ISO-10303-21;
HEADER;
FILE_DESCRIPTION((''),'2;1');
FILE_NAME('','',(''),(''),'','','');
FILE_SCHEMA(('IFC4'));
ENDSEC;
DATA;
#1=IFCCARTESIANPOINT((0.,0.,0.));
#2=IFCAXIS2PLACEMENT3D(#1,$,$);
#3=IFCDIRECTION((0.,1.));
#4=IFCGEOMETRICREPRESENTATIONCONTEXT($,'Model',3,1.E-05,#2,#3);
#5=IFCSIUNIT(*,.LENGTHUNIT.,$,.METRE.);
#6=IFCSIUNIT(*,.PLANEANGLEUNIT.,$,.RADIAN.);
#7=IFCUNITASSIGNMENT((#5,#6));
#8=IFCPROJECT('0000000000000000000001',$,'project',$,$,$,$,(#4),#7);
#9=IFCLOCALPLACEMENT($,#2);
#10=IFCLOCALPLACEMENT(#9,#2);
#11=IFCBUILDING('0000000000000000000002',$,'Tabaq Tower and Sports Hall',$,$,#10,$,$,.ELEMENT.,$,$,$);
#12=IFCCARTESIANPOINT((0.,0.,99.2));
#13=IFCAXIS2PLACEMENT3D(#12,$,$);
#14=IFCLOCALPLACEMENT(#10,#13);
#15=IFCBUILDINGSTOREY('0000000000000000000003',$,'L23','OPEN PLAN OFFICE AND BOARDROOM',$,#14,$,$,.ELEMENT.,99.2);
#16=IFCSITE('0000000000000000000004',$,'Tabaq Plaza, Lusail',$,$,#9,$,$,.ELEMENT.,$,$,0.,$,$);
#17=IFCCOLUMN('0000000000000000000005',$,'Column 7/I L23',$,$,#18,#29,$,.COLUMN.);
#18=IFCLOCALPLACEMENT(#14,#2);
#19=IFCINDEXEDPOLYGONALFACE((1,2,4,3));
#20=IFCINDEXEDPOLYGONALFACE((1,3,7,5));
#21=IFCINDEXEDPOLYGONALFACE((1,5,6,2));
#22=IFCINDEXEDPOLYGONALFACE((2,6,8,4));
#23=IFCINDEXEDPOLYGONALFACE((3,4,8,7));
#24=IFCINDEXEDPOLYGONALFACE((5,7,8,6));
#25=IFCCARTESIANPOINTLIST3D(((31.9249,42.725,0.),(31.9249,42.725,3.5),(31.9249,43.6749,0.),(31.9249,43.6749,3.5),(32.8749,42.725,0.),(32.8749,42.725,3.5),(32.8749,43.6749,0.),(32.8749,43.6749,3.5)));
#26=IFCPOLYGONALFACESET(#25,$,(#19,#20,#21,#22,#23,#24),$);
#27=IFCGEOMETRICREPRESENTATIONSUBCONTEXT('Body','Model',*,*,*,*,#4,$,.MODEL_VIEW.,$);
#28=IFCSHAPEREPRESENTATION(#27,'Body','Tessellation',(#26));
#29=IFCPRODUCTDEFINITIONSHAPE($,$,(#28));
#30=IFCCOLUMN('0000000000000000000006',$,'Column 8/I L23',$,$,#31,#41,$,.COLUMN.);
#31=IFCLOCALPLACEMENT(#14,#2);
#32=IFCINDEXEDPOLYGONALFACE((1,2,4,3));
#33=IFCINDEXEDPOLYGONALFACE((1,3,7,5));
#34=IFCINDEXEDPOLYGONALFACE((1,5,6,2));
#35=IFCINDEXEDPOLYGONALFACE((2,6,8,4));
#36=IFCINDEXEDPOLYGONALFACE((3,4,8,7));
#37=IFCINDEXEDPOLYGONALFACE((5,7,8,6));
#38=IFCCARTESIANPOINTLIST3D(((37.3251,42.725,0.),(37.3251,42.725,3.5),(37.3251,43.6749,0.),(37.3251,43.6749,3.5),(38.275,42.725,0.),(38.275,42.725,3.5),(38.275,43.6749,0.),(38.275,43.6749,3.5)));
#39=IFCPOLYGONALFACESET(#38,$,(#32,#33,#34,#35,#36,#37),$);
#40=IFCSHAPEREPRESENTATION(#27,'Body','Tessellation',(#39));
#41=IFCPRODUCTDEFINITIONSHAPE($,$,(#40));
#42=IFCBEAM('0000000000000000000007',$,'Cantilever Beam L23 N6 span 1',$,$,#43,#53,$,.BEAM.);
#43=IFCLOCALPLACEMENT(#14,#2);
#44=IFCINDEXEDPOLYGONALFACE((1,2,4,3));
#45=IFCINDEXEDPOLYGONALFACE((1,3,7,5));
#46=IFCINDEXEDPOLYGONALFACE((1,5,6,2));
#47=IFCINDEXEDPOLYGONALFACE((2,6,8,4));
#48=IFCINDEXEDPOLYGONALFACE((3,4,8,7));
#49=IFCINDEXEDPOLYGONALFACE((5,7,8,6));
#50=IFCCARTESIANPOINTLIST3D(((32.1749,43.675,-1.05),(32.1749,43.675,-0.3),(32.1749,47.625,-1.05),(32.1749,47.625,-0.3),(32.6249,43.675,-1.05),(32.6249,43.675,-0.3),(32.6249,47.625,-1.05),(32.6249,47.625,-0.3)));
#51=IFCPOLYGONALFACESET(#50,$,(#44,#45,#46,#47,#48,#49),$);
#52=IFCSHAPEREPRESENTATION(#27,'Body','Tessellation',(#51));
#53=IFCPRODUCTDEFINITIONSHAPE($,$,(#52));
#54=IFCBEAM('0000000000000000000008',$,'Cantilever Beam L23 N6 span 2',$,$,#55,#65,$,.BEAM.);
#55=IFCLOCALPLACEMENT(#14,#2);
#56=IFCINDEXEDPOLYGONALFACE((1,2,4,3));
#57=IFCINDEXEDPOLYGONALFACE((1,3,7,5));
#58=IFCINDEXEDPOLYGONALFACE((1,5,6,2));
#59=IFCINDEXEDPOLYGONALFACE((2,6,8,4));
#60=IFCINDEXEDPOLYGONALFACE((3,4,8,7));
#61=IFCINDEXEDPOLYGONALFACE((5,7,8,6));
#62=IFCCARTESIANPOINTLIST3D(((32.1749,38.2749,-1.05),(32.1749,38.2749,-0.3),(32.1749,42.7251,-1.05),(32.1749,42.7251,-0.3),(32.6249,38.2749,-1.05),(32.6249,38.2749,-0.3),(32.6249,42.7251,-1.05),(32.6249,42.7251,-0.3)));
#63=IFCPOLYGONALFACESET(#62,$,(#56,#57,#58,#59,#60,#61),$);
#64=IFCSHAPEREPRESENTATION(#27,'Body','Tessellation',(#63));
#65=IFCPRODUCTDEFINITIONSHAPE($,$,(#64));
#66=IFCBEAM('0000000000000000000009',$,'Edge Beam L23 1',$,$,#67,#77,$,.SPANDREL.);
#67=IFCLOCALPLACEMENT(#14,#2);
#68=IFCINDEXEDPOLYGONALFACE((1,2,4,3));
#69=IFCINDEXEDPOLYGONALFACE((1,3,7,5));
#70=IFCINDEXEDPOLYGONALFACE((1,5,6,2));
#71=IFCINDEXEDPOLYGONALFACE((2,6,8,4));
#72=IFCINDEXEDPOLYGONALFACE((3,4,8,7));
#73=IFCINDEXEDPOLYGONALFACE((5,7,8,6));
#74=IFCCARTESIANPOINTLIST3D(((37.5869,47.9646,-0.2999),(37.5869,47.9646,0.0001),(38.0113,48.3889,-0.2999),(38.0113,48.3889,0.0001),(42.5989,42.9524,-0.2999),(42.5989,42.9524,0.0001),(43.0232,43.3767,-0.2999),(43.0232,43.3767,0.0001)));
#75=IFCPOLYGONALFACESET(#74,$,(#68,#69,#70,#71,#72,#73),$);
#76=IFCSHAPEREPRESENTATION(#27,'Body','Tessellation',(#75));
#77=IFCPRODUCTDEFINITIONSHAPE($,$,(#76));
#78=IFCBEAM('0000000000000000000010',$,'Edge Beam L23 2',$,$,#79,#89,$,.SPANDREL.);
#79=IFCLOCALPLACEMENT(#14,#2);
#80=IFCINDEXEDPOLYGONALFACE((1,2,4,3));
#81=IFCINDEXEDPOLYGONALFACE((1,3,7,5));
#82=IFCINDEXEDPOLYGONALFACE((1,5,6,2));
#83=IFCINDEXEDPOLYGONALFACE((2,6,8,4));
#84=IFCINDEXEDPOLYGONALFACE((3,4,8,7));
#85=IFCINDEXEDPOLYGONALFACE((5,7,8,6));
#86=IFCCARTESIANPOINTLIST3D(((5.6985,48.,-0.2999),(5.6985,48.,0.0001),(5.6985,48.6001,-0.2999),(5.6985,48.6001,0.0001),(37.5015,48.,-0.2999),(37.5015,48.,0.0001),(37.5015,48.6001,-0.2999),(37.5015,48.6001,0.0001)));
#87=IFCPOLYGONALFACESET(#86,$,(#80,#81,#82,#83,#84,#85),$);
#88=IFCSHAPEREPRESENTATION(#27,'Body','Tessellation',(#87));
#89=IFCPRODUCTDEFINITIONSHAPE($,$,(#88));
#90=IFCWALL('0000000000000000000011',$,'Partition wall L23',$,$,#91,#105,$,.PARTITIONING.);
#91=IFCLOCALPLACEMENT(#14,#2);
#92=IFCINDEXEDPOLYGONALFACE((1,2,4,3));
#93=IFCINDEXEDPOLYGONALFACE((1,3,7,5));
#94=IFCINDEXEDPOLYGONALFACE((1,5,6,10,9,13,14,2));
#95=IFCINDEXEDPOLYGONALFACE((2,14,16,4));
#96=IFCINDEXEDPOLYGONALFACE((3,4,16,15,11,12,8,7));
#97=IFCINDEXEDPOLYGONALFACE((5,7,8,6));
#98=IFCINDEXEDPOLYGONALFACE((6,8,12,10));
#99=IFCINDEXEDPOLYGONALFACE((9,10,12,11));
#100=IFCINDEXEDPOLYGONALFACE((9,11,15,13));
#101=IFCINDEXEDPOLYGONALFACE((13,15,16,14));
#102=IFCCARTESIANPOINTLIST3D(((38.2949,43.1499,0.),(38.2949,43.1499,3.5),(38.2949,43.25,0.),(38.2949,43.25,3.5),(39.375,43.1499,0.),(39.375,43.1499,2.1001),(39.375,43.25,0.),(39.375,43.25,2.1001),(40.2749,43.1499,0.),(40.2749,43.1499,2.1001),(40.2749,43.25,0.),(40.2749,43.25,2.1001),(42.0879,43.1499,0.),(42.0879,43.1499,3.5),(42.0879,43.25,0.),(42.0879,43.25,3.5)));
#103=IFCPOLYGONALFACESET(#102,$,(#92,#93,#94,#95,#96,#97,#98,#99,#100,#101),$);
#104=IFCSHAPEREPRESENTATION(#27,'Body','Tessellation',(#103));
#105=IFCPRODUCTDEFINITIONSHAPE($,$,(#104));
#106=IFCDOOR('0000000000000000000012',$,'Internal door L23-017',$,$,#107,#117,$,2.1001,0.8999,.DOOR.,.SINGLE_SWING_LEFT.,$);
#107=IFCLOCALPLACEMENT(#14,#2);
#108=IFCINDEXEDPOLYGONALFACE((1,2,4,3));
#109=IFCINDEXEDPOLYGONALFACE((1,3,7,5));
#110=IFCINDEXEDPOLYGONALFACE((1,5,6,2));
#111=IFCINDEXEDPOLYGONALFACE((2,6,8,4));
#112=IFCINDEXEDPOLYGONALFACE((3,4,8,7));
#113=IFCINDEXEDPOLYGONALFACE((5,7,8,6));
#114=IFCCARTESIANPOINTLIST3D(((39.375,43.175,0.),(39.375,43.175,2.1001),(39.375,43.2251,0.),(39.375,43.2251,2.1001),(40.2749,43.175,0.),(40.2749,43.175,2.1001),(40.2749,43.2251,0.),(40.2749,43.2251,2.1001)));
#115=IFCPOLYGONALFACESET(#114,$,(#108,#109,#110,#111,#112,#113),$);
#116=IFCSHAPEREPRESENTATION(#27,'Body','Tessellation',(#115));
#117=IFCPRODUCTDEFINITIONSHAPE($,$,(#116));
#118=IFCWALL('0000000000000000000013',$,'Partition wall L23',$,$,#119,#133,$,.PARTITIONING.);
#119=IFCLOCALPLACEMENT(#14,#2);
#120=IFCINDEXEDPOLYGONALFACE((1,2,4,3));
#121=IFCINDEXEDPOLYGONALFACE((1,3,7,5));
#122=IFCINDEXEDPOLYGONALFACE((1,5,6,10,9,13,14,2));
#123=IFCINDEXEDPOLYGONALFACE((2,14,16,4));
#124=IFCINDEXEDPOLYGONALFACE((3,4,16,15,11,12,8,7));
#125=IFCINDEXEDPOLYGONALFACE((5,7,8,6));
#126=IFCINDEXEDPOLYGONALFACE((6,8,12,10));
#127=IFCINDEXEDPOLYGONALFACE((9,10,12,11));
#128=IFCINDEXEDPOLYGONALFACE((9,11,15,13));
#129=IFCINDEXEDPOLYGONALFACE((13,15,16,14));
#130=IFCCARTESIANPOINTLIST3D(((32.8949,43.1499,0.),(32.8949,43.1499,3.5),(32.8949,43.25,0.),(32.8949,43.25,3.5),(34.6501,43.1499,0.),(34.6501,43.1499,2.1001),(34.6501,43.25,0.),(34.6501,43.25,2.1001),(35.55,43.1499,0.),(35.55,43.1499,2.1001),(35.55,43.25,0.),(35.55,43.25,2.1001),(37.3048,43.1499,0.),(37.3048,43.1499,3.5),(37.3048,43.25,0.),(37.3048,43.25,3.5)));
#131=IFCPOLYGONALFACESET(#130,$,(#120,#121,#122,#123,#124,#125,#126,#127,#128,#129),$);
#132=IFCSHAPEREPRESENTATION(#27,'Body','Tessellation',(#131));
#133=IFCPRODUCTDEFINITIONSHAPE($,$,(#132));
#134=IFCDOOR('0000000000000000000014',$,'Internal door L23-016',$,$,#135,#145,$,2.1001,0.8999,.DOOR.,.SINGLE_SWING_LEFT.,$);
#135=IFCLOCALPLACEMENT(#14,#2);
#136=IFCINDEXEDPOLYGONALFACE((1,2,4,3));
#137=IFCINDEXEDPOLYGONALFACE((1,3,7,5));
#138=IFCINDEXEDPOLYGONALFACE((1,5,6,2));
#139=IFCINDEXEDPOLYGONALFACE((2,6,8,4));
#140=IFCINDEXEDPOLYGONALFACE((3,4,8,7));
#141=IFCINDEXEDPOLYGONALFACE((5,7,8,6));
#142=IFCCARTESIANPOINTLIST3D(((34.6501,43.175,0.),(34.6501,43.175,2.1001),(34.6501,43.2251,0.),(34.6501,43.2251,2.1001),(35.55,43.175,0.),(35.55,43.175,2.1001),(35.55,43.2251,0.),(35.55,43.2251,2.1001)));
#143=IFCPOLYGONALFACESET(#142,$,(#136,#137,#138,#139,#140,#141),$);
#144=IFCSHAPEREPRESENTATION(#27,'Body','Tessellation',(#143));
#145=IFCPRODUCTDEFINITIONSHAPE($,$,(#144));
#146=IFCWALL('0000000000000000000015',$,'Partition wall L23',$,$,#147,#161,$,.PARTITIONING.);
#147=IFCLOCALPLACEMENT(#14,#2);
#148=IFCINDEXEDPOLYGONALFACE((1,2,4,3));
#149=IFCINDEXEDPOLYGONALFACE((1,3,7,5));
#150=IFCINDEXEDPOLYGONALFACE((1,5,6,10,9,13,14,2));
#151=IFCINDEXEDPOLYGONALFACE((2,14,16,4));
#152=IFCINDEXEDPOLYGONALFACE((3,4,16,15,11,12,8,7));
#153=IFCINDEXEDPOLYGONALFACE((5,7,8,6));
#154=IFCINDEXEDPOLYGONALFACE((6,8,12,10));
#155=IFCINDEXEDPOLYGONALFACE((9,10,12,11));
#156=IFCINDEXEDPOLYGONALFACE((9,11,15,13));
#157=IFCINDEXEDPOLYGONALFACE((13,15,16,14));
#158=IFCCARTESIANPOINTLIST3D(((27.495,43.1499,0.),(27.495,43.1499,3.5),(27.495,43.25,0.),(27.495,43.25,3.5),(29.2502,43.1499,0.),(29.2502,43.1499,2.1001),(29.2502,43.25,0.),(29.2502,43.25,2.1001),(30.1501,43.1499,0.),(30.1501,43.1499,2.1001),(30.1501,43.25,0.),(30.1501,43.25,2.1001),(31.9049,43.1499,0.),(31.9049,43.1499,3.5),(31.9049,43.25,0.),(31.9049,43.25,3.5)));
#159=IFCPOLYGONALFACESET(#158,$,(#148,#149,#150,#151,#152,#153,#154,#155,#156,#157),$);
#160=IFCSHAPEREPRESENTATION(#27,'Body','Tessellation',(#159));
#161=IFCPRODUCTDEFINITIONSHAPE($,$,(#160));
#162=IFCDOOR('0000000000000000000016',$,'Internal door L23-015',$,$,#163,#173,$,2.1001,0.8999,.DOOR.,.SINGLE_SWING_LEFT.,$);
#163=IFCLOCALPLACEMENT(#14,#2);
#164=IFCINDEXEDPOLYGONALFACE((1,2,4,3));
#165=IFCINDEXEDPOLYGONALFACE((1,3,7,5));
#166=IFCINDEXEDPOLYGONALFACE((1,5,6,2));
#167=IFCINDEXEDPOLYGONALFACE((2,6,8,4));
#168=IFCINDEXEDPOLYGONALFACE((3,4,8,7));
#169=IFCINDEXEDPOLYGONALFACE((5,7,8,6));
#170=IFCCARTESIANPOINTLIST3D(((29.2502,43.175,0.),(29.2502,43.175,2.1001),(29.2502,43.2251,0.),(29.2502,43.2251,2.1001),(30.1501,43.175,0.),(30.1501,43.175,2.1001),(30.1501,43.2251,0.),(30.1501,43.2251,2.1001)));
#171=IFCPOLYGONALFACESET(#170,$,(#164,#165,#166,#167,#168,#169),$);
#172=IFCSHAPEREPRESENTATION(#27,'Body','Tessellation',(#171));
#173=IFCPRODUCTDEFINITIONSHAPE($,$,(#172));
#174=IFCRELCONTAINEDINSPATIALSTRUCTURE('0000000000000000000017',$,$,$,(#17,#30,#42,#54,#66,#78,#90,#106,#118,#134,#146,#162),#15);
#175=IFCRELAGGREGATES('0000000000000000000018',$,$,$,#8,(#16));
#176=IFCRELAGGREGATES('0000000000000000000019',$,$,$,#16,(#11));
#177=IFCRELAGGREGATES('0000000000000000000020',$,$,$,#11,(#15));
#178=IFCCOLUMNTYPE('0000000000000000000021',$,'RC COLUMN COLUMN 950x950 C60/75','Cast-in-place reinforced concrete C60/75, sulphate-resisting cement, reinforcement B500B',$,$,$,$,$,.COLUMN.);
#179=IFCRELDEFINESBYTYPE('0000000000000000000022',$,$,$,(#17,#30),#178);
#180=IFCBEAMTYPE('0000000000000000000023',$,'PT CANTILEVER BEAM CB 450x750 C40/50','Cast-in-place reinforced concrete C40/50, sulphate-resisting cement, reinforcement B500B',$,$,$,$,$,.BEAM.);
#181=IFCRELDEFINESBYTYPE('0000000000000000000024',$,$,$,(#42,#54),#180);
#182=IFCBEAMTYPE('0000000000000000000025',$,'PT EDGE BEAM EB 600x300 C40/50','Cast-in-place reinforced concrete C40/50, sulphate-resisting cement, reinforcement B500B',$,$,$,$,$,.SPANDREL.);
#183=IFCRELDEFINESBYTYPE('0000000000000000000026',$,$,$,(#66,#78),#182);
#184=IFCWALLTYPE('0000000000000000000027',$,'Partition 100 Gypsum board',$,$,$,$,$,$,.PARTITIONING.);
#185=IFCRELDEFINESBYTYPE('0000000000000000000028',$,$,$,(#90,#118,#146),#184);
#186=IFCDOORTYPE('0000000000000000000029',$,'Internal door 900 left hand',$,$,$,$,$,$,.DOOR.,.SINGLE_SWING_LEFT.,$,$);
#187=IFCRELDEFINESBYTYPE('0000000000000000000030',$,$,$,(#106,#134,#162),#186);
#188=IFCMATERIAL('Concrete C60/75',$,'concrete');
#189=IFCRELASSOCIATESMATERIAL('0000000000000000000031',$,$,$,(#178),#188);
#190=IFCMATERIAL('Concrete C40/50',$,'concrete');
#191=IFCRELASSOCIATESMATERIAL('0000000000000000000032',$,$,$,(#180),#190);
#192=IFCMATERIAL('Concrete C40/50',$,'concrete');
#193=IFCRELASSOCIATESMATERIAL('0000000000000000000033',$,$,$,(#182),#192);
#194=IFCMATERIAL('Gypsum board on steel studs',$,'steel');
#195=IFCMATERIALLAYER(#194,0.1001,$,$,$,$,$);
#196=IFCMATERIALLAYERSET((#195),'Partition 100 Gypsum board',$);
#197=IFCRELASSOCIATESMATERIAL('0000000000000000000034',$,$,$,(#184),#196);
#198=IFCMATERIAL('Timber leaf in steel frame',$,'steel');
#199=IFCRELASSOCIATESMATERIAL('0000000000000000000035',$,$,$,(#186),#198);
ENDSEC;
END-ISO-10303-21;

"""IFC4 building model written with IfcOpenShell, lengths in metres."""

from ifc_helpers import new_model, si_unit, direction, frame, frame_2d, origin, origin_2d, place, context, subcontext, project, spatial, rectangle, extrude, material, layer, layer_set, material_profile, profile_set, type_object, element, fill, save


model = new_model("IFC4")

# Units and contexts
model_context = context("Model", 3, precision=1e-05, world=origin(), true_north=direction((0.0, 1.0)))
body_context = subcontext(model_context, "Body", "Model", "MODEL_VIEW")
ifc_project = project(units=[si_unit("LENGTHUNIT", "METRE"), si_unit("PLANEANGLEUNIT", "RADIAN")], contexts=[model_context])

# Site, building, storey
site_placement = place(None, origin())
site = spatial("IfcSite", under=ifc_project, at=site_placement, Name="Tabaq Plaza, Lusail", CompositionType="ELEMENT", RefElevation=0.0)
building_placement = place(site_placement, origin())
building = spatial("IfcBuilding", under=site, at=building_placement, Name="Tabaq Tower and Sports Hall", CompositionType="ELEMENT")
storey_placement = place(building_placement, frame((0.0, 0.0, 99.2)))
storey = spatial("IfcBuildingStorey", under=building, at=storey_placement, Name="L23", Description="OPEN PLAN OFFICE AND BOARDROOM", CompositionType="ELEMENT", Elevation=99.2)

# Columns
ifc_material_1 = material(Name="Concrete C60/75", Category="concrete")
ifc_material_profile_1 = material_profile(ifc_material_1, rectangle(XDim=0.95, YDim=0.95, at=origin_2d()), Name="COLUMN 950x950")
ifc_profile_set_1 = profile_set([ifc_material_profile_1], Name="Concrete C60/75")
column_type = type_object("IfcColumnType", Name="RC COLUMN COLUMN 950x950 C60/75", Description="Cast-in-place reinforced concrete C60/75, sulphate-resisting cement, reinforcement B500B", PredefinedType="COLUMN", material=ifc_profile_set_1)
for number, where, z_axis, x_axis, name in (
    (1, (32.3999, 43.2, 0.0), (0.0, 0.0, 1.0), (1.0, 0.0, 0.0), "Column 7/I L23"),
    (2, (37.8, 43.2, 0.0), (0.0, 0.0, 1.0), (1.0, 0.0, 0.0), "Column 8/I L23"),
):
    element("IfcColumn", number, at=place(storey_placement, frame(where, z_axis=z_axis, x_axis=x_axis)), inside=storey, type_object=column_type, Name=name, PredefinedType="COLUMN", context=body_context, shape_type="SweptSolid", body=[
        extrude(rectangle(XDim=0.95, YDim=0.95, at=origin_2d()), origin(), (0.0, 0.0, 1.0), 3.5),
    ])

# Beams
ifc_material_2 = material(Name="Concrete C40/50", Category="concrete")
ifc_material_profile_2 = material_profile(ifc_material_2, rectangle(XDim=0.45, YDim=0.75, at=origin_2d()), Name="CB 450x750")
ifc_profile_set_2 = profile_set([ifc_material_profile_2], Name="Concrete C40/50")
beam_type_1 = type_object("IfcBeamType", Name="PT CANTILEVER BEAM CB 450x750 C40/50", Description="Cast-in-place reinforced concrete C40/50, sulphate-resisting cement, reinforcement B500B", PredefinedType="BEAM", material=ifc_profile_set_2)
beam_1_placement = place(storey_placement, frame((32.3999, 47.625, -0.675), z_axis=(0.0, -1.0, 0.0), x_axis=(1.0, 0.0, 0.0)))
element("IfcBeam", 3, at=beam_1_placement, inside=storey, type_object=beam_type_1, Name="Cantilever Beam L23 N6 span 1", PredefinedType="BEAM", context=body_context, shape_type="SweptSolid", body=[
    extrude(rectangle(XDim=0.45, YDim=0.75, at=origin_2d()), origin(), (0.0, 0.0, 1.0), 3.95),
])
beam_2_placement = place(storey_placement, frame((32.3999, 42.7251, -0.675), z_axis=(0.0, -1.0, 0.0), x_axis=(1.0, 0.0, 0.0)))
element("IfcBeam", 4, at=beam_2_placement, inside=storey, type_object=beam_type_1, Name="Cantilever Beam L23 N6 span 2", PredefinedType="BEAM", context=body_context, shape_type="SweptSolid", body=[
    extrude(rectangle(XDim=0.45, YDim=0.75, at=origin_2d()), origin(), (0.0, 0.0, 1.0), 4.4502),
])
ifc_material_3 = material(Name="Concrete C40/50", Category="concrete")
ifc_material_profile_3 = material_profile(ifc_material_3, rectangle(XDim=0.6001, YDim=0.3, at=origin_2d()), Name="EB 600x300")
ifc_profile_set_3 = profile_set([ifc_material_profile_3], Name="Concrete C40/50")
beam_type_2 = type_object("IfcBeamType", Name="PT EDGE BEAM EB 600x300 C40/50", Description="Cast-in-place reinforced concrete C40/50, sulphate-resisting cement, reinforcement B500B", PredefinedType="SPANDREL", material=ifc_profile_set_3)
beam_3_placement = place(storey_placement, frame((42.811, 43.1646, -0.1499), z_axis=(-0.70709, 0.707124, 0.0), x_axis=(-0.707124, -0.70709, 0.0)))
element("IfcBeam", 5, at=beam_3_placement, inside=storey, type_object=beam_type_2, Name="Edge Beam L23 1", PredefinedType="SPANDREL", context=body_context, shape_type="SweptSolid", body=[
    extrude(rectangle(XDim=0.6001, YDim=0.3, at=origin_2d()), origin(), (0.0, 0.0, 1.0), 7.0881),
])
beam_4_placement = place(storey_placement, frame((37.5015, 48.3, -0.1499), z_axis=(-1.0, 0.0, 0.0), x_axis=(0.0, -1.0, 0.0)))
element("IfcBeam", 6, at=beam_4_placement, inside=storey, type_object=beam_type_2, Name="Edge Beam L23 2", PredefinedType="SPANDREL", context=body_context, shape_type="SweptSolid", body=[
    extrude(rectangle(XDim=0.6001, YDim=0.3, at=origin_2d()), origin(), (0.0, 0.0, 1.0), 31.803),
])

# Walls, openings, doors
ifc_material_4 = material(Name="Gypsum board on steel studs", Category="steel")
ifc_layer_1 = layer(ifc_material_4, 0.1001)
ifc_layer_set_1 = layer_set([ifc_layer_1], Name="Partition 100 Gypsum board")
wall_type_1 = type_object("IfcWallType", Name="Partition 100 Gypsum board", PredefinedType="PARTITIONING", material=ifc_layer_set_1)
wall_1_placement = place(storey_placement, frame((42.0879, 43.2, 0.0), z_axis=(0.0, 0.0, 1.0), x_axis=(-1.0, 0.0, 0.0)))
wall_1 = element("IfcWall", 7, at=wall_1_placement, inside=storey, type_object=wall_type_1, Name="Partition wall L23", PredefinedType="PARTITIONING", context=body_context, shape_type="SweptSolid", body=[
    extrude(rectangle(XDim=3.793, YDim=0.1001, at=frame_2d((1.8965, 0.0))), origin(), (0.0, 0.0, 1.0), 3.5),
])
opening_1_placement = place(wall_1_placement, frame((1.813, 0.0, 0.0)))
opening_1 = element("IfcOpeningElement", 8, at=opening_1_placement, cuts=wall_1, PredefinedType="OPENING", context=body_context, shape_type="SweptSolid", body=[
    extrude(rectangle(XDim=0.8999, YDim=2.1001, at=frame_2d((0.45, 1.05))), frame((0.0, 0.05, 0.0), z_axis=(0.0, -1.0, 0.0), x_axis=(1.0, 0.0, 0.0)), (0.0, 0.0, 1.0), 0.1001),
])
ifc_material_5 = material(Name="Timber leaf in steel frame", Category="steel")
door_type = type_object("IfcDoorType", Name="Internal door 900 left hand", OperationType="SINGLE_SWING_LEFT", PredefinedType="DOOR", material=ifc_material_5)
door_1_placement = place(opening_1_placement, origin())
door_1 = element("IfcDoor", 9, at=door_1_placement, inside=storey, type_object=door_type, Name="Internal door L23-017", OperationType="SINGLE_SWING_LEFT", OverallHeight=2.1001, OverallWidth=0.8999, PredefinedType="DOOR", context=body_context, shape_type="SweptSolid", body=[
    extrude(rectangle(XDim=0.8999, YDim=2.1001, at=frame_2d((0.45, 1.05))), frame((0.0, 0.0249, 0.0), z_axis=(0.0, -1.0, 0.0), x_axis=(1.0, 0.0, 0.0)), (0.0, 0.0, 1.0), 0.05),
])
fill(opening_1, door_1)
wall_2_placement = place(storey_placement, frame((37.3049, 43.2, 0.0), z_axis=(0.0, 0.0, 1.0), x_axis=(-1.0, 0.0, 0.0)))
wall_2 = element("IfcWall", 10, at=wall_2_placement, inside=storey, type_object=wall_type_1, Name="Partition wall L23", PredefinedType="PARTITIONING", context=body_context, shape_type="SweptSolid", body=[
    extrude(rectangle(XDim=4.4099, YDim=0.1001, at=frame_2d((2.2051, 0.0))), origin(), (0.0, 0.0, 1.0), 3.5),
])
opening_2_placement = place(wall_2_placement, frame((1.7549, 0.0, 0.0)))
opening_2 = element("IfcOpeningElement", 11, at=opening_2_placement, cuts=wall_2, PredefinedType="OPENING", context=body_context, shape_type="SweptSolid", body=[
    extrude(rectangle(XDim=0.8999, YDim=2.1001, at=frame_2d((0.45, 1.05))), frame((0.0, 0.05, 0.0), z_axis=(0.0, -1.0, 0.0), x_axis=(1.0, 0.0, 0.0)), (0.0, 0.0, 1.0), 0.1001),
])
door_2_placement = place(opening_2_placement, origin())
door_2 = element("IfcDoor", 12, at=door_2_placement, inside=storey, type_object=door_type, Name="Internal door L23-016", OperationType="SINGLE_SWING_LEFT", OverallHeight=2.1001, OverallWidth=0.8999, PredefinedType="DOOR", context=body_context, shape_type="SweptSolid", body=[
    extrude(rectangle(XDim=0.8999, YDim=2.1001, at=frame_2d((0.45, 1.05))), frame((0.0, 0.0249, 0.0), z_axis=(0.0, -1.0, 0.0), x_axis=(1.0, 0.0, 0.0)), (0.0, 0.0, 1.0), 0.05),
])
fill(opening_2, door_2)
wall_3_placement = place(storey_placement, frame((31.905, 43.2, 0.0), z_axis=(0.0, 0.0, 1.0), x_axis=(-1.0, 0.0, 0.0)))
wall_3 = element("IfcWall", 13, at=wall_3_placement, inside=storey, type_object=wall_type_1, Name="Partition wall L23", PredefinedType="PARTITIONING", context=body_context, shape_type="SweptSolid", body=[
    extrude(rectangle(XDim=4.4099, YDim=0.1001, at=frame_2d((2.2051, 0.0))), origin(), (0.0, 0.0, 1.0), 3.5),
])
opening_3_placement = place(wall_3_placement, frame((1.7549, 0.0, 0.0)))
opening_3 = element("IfcOpeningElement", 14, at=opening_3_placement, cuts=wall_3, PredefinedType="OPENING", context=body_context, shape_type="SweptSolid", body=[
    extrude(rectangle(XDim=0.8999, YDim=2.1001, at=frame_2d((0.45, 1.05))), frame((0.0, 0.05, 0.0), z_axis=(0.0, -1.0, 0.0), x_axis=(1.0, 0.0, 0.0)), (0.0, 0.0, 1.0), 0.1001),
])
door_3_placement = place(opening_3_placement, origin())
door_3 = element("IfcDoor", 15, at=door_3_placement, inside=storey, type_object=door_type, Name="Internal door L23-015", OperationType="SINGLE_SWING_LEFT", OverallHeight=2.1001, OverallWidth=0.8999, PredefinedType="DOOR", context=body_context, shape_type="SweptSolid", body=[
    extrude(rectangle(XDim=0.8999, YDim=2.1001, at=frame_2d((0.45, 1.05))), frame((0.0, 0.0249, 0.0), z_axis=(0.0, -1.0, 0.0), x_axis=(1.0, 0.0, 0.0)), (0.0, 0.0, 1.0), 0.05),
])
fill(opening_3, door_3)

save(model, "model.ifc")
